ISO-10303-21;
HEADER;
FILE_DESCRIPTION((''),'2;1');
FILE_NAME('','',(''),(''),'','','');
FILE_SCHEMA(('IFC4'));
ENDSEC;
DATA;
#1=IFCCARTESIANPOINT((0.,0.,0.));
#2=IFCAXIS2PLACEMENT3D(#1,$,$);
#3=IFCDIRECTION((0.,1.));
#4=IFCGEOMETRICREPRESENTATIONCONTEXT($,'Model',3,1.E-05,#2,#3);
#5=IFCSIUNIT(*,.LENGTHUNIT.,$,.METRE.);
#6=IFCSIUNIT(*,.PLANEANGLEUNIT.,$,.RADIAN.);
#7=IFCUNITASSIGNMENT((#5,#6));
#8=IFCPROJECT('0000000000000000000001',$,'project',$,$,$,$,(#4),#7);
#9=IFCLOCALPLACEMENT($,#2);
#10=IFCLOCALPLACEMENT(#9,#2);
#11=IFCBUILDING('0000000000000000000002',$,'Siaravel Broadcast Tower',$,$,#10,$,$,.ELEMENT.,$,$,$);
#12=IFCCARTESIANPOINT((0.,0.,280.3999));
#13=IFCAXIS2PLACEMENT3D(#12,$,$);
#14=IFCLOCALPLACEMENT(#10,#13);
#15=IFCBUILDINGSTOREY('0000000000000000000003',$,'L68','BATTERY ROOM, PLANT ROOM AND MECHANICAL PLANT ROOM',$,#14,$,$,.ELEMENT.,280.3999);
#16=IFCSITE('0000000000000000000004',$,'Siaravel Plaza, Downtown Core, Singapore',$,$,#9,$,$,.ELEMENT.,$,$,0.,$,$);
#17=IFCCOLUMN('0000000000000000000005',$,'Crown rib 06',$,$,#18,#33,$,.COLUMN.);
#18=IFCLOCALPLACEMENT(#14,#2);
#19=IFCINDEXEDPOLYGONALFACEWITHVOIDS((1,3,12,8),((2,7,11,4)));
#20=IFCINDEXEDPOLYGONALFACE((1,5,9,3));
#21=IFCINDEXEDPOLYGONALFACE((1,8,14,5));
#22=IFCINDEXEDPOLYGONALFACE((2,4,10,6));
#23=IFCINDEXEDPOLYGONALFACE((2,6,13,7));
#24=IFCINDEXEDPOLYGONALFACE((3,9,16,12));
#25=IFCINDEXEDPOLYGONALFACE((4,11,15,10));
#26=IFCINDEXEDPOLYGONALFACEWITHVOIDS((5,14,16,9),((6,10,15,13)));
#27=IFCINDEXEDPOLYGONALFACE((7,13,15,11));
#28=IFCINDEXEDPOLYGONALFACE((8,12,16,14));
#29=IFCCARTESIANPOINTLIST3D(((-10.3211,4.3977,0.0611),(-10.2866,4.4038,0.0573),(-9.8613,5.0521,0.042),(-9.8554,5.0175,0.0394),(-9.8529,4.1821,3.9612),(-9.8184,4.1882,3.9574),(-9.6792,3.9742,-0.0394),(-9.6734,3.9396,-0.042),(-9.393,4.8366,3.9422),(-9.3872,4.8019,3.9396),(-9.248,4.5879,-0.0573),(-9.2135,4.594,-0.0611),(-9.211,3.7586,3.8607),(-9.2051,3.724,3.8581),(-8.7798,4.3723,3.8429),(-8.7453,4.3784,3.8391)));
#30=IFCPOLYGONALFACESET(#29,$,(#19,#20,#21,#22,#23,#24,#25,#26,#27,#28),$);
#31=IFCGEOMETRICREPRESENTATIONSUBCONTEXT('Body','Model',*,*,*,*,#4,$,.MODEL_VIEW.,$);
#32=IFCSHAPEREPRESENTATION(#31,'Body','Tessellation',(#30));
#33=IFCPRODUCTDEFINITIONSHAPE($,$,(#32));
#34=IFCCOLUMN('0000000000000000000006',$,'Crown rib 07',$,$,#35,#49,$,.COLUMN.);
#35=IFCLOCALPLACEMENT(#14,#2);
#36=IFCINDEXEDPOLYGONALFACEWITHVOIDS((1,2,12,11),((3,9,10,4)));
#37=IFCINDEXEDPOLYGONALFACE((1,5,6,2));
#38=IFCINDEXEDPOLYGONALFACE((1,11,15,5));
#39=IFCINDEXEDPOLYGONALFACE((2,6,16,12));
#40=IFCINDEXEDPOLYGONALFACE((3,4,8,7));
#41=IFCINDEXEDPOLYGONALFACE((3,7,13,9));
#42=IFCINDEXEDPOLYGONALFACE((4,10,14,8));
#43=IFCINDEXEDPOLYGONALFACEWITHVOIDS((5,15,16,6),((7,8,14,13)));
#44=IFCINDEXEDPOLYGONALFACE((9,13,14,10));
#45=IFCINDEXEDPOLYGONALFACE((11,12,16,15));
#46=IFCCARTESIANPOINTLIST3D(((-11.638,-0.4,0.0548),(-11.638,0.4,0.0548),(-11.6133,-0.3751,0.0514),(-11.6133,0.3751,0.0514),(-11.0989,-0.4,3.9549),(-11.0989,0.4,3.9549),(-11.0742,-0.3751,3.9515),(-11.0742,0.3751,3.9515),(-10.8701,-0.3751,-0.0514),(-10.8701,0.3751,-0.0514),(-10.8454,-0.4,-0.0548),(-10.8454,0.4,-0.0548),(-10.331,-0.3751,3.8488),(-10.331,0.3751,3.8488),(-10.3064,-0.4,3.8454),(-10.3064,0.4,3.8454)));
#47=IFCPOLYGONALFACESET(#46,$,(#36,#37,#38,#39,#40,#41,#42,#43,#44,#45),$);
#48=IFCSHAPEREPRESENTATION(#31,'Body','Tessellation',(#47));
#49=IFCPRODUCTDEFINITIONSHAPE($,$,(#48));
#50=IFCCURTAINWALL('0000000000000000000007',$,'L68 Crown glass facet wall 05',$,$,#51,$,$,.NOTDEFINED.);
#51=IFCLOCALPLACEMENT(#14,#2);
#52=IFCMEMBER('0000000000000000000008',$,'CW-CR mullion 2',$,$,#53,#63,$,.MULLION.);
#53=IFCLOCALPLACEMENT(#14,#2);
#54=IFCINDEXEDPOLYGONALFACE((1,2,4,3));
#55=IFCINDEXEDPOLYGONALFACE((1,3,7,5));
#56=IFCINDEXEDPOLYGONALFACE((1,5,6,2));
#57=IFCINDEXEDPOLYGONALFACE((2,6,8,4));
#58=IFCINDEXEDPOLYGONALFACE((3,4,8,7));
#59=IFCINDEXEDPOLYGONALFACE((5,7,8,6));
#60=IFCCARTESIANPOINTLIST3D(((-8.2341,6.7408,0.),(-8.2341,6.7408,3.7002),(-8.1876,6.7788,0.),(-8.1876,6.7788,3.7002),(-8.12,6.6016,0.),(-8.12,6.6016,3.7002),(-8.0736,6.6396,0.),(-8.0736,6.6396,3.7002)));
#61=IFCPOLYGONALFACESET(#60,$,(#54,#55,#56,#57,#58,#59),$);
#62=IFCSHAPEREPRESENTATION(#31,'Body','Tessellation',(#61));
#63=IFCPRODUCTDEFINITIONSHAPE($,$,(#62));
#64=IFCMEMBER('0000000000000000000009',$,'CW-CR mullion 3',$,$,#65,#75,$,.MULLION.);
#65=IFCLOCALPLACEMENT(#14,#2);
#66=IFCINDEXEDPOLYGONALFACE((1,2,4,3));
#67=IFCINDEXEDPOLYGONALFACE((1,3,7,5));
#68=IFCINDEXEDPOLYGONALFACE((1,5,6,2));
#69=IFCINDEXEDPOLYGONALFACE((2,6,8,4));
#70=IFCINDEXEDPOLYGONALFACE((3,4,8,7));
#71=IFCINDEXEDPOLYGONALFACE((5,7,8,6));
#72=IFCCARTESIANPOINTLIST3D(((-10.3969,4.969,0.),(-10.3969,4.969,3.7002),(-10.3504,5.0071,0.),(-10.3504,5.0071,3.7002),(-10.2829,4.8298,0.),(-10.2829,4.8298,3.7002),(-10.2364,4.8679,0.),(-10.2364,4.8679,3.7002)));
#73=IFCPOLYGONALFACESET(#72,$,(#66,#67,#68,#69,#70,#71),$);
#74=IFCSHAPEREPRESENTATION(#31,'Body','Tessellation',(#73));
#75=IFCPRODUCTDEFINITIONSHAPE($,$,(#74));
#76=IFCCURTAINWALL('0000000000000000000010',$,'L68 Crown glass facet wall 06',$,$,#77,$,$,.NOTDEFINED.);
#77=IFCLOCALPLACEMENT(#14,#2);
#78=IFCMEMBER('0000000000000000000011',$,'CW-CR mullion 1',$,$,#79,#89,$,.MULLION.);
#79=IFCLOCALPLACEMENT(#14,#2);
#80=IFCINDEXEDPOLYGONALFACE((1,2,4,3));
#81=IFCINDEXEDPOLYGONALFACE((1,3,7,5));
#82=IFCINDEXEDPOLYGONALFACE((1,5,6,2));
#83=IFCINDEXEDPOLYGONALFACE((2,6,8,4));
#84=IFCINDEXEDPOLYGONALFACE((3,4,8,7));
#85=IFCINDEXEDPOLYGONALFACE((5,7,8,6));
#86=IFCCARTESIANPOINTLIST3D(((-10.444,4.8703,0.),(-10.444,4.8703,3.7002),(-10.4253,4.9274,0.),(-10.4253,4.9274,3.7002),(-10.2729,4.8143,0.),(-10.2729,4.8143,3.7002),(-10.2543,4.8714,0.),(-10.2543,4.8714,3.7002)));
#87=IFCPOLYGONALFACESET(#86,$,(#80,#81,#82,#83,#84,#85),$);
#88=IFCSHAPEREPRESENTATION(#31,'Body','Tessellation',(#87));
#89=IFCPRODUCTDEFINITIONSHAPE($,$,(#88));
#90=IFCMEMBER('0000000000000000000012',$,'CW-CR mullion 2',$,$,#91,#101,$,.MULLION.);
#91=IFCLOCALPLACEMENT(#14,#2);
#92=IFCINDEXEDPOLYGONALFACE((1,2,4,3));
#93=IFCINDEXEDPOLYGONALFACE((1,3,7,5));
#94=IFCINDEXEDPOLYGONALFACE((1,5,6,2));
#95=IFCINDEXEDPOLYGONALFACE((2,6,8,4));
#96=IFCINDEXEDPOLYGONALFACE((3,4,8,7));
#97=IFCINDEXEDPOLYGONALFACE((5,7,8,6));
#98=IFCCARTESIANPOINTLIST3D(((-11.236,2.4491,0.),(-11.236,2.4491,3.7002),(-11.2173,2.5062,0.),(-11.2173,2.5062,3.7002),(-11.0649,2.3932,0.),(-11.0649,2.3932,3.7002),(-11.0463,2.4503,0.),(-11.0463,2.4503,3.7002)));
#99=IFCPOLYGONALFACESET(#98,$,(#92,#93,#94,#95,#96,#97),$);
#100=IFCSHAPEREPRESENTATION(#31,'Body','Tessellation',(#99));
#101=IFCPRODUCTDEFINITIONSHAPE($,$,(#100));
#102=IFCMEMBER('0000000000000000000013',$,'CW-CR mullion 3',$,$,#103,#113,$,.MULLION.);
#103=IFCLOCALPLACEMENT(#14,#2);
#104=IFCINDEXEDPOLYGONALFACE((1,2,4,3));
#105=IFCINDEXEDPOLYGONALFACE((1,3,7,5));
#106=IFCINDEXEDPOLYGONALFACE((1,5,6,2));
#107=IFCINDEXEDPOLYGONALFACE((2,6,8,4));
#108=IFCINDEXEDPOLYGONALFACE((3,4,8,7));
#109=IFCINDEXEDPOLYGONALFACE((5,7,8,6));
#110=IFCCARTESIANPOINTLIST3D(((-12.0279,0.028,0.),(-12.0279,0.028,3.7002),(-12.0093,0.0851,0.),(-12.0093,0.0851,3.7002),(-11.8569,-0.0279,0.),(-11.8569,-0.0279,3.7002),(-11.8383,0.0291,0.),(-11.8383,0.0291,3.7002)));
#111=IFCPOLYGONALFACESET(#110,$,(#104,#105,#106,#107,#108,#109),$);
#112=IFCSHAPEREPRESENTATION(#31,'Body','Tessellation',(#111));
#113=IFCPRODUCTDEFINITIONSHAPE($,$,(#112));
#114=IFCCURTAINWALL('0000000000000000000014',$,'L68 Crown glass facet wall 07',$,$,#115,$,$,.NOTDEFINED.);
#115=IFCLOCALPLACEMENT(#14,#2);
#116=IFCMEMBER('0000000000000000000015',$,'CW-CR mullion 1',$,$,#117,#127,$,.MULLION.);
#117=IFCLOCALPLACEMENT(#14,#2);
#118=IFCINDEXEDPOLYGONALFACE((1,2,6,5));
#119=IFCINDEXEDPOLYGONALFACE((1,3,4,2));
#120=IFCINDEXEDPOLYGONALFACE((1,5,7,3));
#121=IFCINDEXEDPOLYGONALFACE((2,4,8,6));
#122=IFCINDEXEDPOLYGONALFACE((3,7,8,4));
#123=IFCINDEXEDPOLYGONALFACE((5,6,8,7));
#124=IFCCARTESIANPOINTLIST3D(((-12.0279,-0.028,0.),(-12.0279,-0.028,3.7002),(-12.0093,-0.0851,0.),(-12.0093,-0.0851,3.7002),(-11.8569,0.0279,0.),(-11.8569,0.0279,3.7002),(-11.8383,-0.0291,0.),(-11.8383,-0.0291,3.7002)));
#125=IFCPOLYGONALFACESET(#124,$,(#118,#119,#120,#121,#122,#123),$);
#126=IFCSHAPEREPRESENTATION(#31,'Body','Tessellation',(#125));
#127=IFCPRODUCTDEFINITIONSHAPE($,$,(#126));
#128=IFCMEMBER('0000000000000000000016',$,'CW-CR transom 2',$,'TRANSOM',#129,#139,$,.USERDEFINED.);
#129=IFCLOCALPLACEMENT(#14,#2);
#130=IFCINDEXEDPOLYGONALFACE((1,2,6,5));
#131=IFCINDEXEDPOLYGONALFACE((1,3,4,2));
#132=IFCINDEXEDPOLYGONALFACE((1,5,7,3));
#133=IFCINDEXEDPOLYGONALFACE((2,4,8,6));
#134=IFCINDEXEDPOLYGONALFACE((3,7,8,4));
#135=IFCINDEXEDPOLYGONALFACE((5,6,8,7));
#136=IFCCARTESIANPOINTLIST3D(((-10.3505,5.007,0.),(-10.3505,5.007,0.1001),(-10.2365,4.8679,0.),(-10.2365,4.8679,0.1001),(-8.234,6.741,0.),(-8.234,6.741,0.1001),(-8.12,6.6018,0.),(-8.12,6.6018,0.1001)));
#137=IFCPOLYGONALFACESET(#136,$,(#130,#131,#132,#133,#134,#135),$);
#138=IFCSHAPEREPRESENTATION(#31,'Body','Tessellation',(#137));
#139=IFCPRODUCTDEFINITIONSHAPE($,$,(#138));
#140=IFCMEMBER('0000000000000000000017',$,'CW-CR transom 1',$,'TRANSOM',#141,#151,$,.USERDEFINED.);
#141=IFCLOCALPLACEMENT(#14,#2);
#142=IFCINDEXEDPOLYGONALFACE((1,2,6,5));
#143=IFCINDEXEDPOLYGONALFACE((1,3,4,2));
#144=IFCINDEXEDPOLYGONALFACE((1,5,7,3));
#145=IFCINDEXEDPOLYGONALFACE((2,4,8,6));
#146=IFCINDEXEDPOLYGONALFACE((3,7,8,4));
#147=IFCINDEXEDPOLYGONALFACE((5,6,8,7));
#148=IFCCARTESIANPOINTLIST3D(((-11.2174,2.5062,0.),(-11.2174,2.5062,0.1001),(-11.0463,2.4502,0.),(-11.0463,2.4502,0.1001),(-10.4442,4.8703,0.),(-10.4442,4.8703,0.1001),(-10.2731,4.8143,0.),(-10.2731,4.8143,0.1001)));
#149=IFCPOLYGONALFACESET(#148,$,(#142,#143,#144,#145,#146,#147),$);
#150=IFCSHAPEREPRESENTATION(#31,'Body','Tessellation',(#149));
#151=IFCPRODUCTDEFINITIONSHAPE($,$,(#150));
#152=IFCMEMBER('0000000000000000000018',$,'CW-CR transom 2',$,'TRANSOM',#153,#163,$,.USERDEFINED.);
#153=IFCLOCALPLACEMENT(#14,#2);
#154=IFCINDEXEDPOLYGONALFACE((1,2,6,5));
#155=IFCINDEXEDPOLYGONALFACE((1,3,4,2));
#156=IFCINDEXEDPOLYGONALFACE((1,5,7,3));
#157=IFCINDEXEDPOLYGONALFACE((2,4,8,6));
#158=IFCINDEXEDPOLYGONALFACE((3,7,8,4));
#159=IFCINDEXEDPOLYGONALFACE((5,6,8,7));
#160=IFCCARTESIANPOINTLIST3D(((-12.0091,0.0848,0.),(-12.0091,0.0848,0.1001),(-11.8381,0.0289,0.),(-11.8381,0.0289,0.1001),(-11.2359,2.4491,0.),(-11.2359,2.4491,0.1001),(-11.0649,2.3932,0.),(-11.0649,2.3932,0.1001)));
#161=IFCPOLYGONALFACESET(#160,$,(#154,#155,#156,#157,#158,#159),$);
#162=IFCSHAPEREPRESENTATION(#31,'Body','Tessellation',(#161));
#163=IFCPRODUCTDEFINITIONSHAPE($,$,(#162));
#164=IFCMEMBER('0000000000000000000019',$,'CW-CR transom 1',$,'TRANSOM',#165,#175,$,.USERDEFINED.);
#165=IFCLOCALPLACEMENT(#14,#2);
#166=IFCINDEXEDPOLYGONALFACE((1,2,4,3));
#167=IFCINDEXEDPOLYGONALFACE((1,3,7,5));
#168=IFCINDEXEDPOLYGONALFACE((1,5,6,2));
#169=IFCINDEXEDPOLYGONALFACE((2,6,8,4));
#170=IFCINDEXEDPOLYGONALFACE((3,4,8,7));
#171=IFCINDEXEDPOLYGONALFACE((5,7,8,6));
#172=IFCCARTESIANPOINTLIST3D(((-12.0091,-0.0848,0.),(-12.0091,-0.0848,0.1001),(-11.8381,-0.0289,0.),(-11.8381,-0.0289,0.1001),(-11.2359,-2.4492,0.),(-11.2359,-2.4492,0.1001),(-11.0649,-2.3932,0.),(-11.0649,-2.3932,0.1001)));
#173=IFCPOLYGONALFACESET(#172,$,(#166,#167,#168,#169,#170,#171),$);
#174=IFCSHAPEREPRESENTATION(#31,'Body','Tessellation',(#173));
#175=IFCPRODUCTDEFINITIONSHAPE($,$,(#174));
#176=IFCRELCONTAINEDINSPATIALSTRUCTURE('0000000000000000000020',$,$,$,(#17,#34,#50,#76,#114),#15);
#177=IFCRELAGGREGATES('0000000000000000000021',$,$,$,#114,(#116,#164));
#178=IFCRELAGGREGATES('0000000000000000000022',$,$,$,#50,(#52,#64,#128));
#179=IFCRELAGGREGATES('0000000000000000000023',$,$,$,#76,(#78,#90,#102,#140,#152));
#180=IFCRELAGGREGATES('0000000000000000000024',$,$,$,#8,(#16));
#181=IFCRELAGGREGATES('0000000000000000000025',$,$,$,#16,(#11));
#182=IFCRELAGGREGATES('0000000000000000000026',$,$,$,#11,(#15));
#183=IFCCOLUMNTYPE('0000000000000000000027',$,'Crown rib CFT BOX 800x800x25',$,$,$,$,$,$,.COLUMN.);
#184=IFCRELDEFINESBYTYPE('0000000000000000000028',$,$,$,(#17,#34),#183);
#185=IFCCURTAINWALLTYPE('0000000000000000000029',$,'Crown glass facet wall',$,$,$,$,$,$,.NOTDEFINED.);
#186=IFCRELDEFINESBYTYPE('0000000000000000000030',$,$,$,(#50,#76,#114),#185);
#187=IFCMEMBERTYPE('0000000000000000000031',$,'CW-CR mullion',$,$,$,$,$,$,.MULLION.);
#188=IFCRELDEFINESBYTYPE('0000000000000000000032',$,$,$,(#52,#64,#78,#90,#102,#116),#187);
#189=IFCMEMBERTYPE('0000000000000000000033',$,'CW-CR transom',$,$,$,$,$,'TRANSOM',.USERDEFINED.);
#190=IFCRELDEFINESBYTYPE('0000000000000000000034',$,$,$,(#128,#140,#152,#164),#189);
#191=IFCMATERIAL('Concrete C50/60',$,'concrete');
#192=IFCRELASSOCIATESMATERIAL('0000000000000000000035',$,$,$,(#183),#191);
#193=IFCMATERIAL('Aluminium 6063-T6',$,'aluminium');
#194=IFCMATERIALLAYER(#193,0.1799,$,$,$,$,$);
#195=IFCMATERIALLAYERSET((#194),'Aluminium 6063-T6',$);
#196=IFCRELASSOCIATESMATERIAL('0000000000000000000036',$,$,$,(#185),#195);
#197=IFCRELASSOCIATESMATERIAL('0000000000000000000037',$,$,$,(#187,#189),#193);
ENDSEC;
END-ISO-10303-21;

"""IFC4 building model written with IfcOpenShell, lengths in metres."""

from ifc_helpers import new_model, si_unit, direction, frame, origin, origin_2d, place, context, subcontext, project, spatial, rectangle, hollow_rectangle, extrude, material, layer, layer_set, material_profile, profile_set, type_object, element, aggregate, save


model = new_model("IFC4")

# Units and contexts
model_context = context("Model", 3, precision=1e-05, world=origin(), true_north=direction((0.0, 1.0)))
body_context = subcontext(model_context, "Body", "Model", "MODEL_VIEW")
ifc_project = project(units=[si_unit("LENGTHUNIT", "METRE"), si_unit("PLANEANGLEUNIT", "RADIAN")], contexts=[model_context])

# Site, building, storey
site_placement = place(None, origin())
site = spatial("IfcSite", under=ifc_project, at=site_placement, Name="Siaravel Plaza, Downtown Core, Singapore", CompositionType="ELEMENT", RefElevation=0.0)
building_placement = place(site_placement, origin())
building = spatial("IfcBuilding", under=site, at=building_placement, Name="Siaravel Broadcast Tower", CompositionType="ELEMENT")
storey_placement = place(building_placement, frame((0.0, 0.0, 280.3999)))
storey = spatial("IfcBuildingStorey", under=building, at=storey_placement, Name="L68", Description="BATTERY ROOM, PLANT ROOM AND MECHANICAL PLANT ROOM", CompositionType="ELEMENT", Elevation=280.3999)

# Columns
ifc_material_1 = material(Name="Concrete C50/60", Category="concrete")
ifc_material_profile_1 = material_profile(ifc_material_1, hollow_rectangle(XDim=0.8, YDim=0.8, WallThickness=0.0249, at=origin_2d()))
ifc_profile_set_1 = profile_set([ifc_material_profile_1], Name="Concrete C50/60")
column_type = type_object("IfcColumnType", Name="Crown rib CFT BOX 800x800x25", PredefinedType="COLUMN", material=ifc_profile_set_1)
column_1_placement = place(storey_placement, frame((-9.7673, 4.4958, 0.0), z_axis=(0.119027, -0.054797, 0.991378), x_axis=(0.574756, 0.817979, -0.023794)))
element("IfcColumn", 1, at=column_1_placement, inside=storey, type_object=column_type, Name="Crown rib 06", PredefinedType="COLUMN", context=body_context, shape_type="SweptSolid", body=[
    extrude(hollow_rectangle(XDim=0.8, YDim=0.8, WallThickness=0.0249, at=origin_2d()), origin(), (0.0, 0.0, 1.0), 3.9341),
])
column_2_placement = place(storey_placement, frame((-11.2417, 0.0, 0.0), z_axis=(0.136914, 0.0, 0.990583), x_axis=(0.0, 1.0, 0.0)))
element("IfcColumn", 2, at=column_2_placement, inside=storey, type_object=column_type, Name="Crown rib 07", PredefinedType="COLUMN", context=body_context, shape_type="SweptSolid", body=[
    extrude(hollow_rectangle(XDim=0.8, YDim=0.8, WallThickness=0.0249, at=origin_2d()), origin(), (0.0, 0.0, 1.0), 3.9373),
])

# Curtain walls, members
ifc_material_2 = material(Name="Aluminium 6063-T6", Category="aluminium")
ifc_layer_1 = layer(ifc_material_2, 0.1799)
ifc_layer_set_1 = layer_set([ifc_layer_1], Name="Aluminium 6063-T6")
curtain_wall_type = type_object("IfcCurtainWallType", Name="Crown glass facet wall", PredefinedType="NOTDEFINED", material=ifc_layer_set_1)
curtain_wall_1_placement = place(storey_placement, origin())
curtain_wall_1 = element("IfcCurtainWall", 3, at=curtain_wall_1_placement, inside=storey, type_object=curtain_wall_type, Name="L68 Crown glass facet wall 05", PredefinedType="NOTDEFINED")
ifc_material_profile_2 = material_profile(ifc_material_2, rectangle(XDim=0.1799, YDim=0.0601, at=origin_2d()))
ifc_profile_set_2 = profile_set([ifc_material_profile_2], Name="Aluminium 6063-T6")
member_type_1 = type_object("IfcMemberType", Name="CW-CR mullion", PredefinedType="MULLION", material=ifc_profile_set_2)
member_1_placement = place(storey_placement, frame((-8.1538, 6.6902, 0.0), z_axis=(0.0, 0.0, 1.0), x_axis=(0.633713, -0.773568, 0.0)))
member_1 = element("IfcMember", 4, at=member_1_placement, type_object=member_type_1, Name="CW-CR mullion 2", PredefinedType="MULLION", context=body_context, shape_type="SweptSolid", body=[
    extrude(rectangle(XDim=0.1799, YDim=0.0601, at=origin_2d()), origin(), (0.0, 0.0, 1.0), 3.7002),
])
member_2_placement = place(storey_placement, frame((-10.3167, 4.9185, 0.0), z_axis=(0.0, 0.0, 1.0), x_axis=(0.633713, -0.773568, 0.0)))
member_2 = element("IfcMember", 5, at=member_2_placement, type_object=member_type_1, Name="CW-CR mullion 3", PredefinedType="MULLION", context=body_context, shape_type="SweptSolid", body=[
    extrude(rectangle(XDim=0.1799, YDim=0.0601, at=origin_2d()), origin(), (0.0, 0.0, 1.0), 3.7002),
])
curtain_wall_2_placement = place(storey_placement, origin())
curtain_wall_2 = element("IfcCurtainWall", 6, at=curtain_wall_2_placement, inside=storey, type_object=curtain_wall_type, Name="L68 Crown glass facet wall 06", PredefinedType="NOTDEFINED")
member_3_placement = place(storey_placement, frame((-10.3491, 4.8708, 0.0), z_axis=(0.0, 0.0, 1.0), x_axis=(0.950456, -0.310859, 0.0)))
member_3 = element("IfcMember", 7, at=member_3_placement, type_object=member_type_1, Name="CW-CR mullion 1", PredefinedType="MULLION", context=body_context, shape_type="SweptSolid", body=[
    extrude(rectangle(XDim=0.1799, YDim=0.0601, at=origin_2d()), origin(), (0.0, 0.0, 1.0), 3.7002),
])
member_4_placement = place(storey_placement, frame((-11.1411, 2.4497, 0.0), z_axis=(0.0, 0.0, 1.0), x_axis=(0.950456, -0.310859, 0.0)))
member_4 = element("IfcMember", 8, at=member_4_placement, type_object=member_type_1, Name="CW-CR mullion 2", PredefinedType="MULLION", context=body_context, shape_type="SweptSolid", body=[
    extrude(rectangle(XDim=0.1799, YDim=0.0601, at=origin_2d()), origin(), (0.0, 0.0, 1.0), 3.7002),
])
member_5_placement = place(storey_placement, frame((-11.9331, 0.0286, 0.0), z_axis=(0.0, 0.0, 1.0), x_axis=(0.950456, -0.310859, 0.0)))
member_5 = element("IfcMember", 9, at=member_5_placement, type_object=member_type_1, Name="CW-CR mullion 3", PredefinedType="MULLION", context=body_context, shape_type="SweptSolid", body=[
    extrude(rectangle(XDim=0.1799, YDim=0.0601, at=origin_2d()), origin(), (0.0, 0.0, 1.0), 3.7002),
])

# Curtain wall, member
curtain_wall_3_placement = place(storey_placement, origin())
curtain_wall_3 = element("IfcCurtainWall", 10, at=curtain_wall_3_placement, inside=storey, type_object=curtain_wall_type, Name="L68 Crown glass facet wall 07", PredefinedType="NOTDEFINED")
member_6_placement = place(storey_placement, frame((-11.9331, -0.0286, 0.0), z_axis=(0.0, 0.0, 1.0), x_axis=(0.950456, 0.310859, 0.0)))
member_6 = element("IfcMember", 11, at=member_6_placement, type_object=member_type_1, Name="CW-CR mullion 1", PredefinedType="MULLION", context=body_context, shape_type="SweptSolid", body=[
    extrude(rectangle(XDim=0.1799, YDim=0.0601, at=origin_2d()), origin(), (0.0, 0.0, 1.0), 3.7002),
])

# Members
ifc_material_profile_3 = material_profile(ifc_material_2, rectangle(XDim=0.1799, YDim=0.1001, at=origin_2d()))
ifc_profile_set_3 = profile_set([ifc_material_profile_3], Name="Aluminium 6063-T6")
member_type_2 = type_object("IfcMemberType", Name="CW-CR transom", ElementType="TRANSOM", PredefinedType="USERDEFINED", material=ifc_profile_set_3)
member_7_placement = place(storey_placement, frame((-8.177, 6.6714, 0.05), z_axis=(-0.773556, -0.633728, 0.0), x_axis=(0.633728, -0.773556, 0.0)))
member_7 = element("IfcMember", 12, at=member_7_placement, type_object=member_type_2, Name="CW-CR transom 2", ObjectType="TRANSOM", PredefinedType="USERDEFINED", context=body_context, shape_type="SweptSolid", body=[
    extrude(rectangle(XDim=0.1799, YDim=0.1001, at=origin_2d()), origin(), (0.0, 0.0, 1.0), 2.7361),
])
member_8_placement = place(storey_placement, frame((-10.3586, 4.8423, 0.05), z_axis=(-0.310863, -0.950455, 0.0), x_axis=(0.950455, -0.310863, 0.0)))
member_8 = element("IfcMember", 13, at=member_8_placement, type_object=member_type_2, Name="CW-CR transom 1", ObjectType="TRANSOM", PredefinedType="USERDEFINED", context=body_context, shape_type="SweptSolid", body=[
    extrude(rectangle(XDim=0.1799, YDim=0.1001, at=origin_2d()), origin(), (0.0, 0.0, 1.0), 2.4873),
])
member_9_placement = place(storey_placement, frame((-11.1504, 2.4211, 0.05), z_axis=(-0.310834, -0.950464, 0.0), x_axis=(0.950464, -0.310834, 0.0)))
member_9 = element("IfcMember", 14, at=member_9_placement, type_object=member_type_2, Name="CW-CR transom 2", ObjectType="TRANSOM", PredefinedType="USERDEFINED", context=body_context, shape_type="SweptSolid", body=[
    extrude(rectangle(XDim=0.1799, YDim=0.1001, at=origin_2d()), origin(), (0.0, 0.0, 1.0), 2.4875),
])
member_10_placement = place(storey_placement, frame((-11.9236, -0.0569, 0.05), z_axis=(0.310834, -0.950464, 0.0), x_axis=(0.950464, 0.310834, 0.0)))
member_10 = element("IfcMember", 15, at=member_10_placement, type_object=member_type_2, Name="CW-CR transom 1", ObjectType="TRANSOM", PredefinedType="USERDEFINED", context=body_context, shape_type="SweptSolid", body=[
    extrude(rectangle(XDim=0.1799, YDim=0.1001, at=origin_2d()), origin(), (0.0, 0.0, 1.0), 2.4875),
])
aggregate(curtain_wall_3, [member_6, member_10])

aggregate(curtain_wall_1, [member_1, member_2, member_7])
aggregate(curtain_wall_2, [member_3, member_4, member_5, member_8, member_9])

save(model, "model.ifc")
